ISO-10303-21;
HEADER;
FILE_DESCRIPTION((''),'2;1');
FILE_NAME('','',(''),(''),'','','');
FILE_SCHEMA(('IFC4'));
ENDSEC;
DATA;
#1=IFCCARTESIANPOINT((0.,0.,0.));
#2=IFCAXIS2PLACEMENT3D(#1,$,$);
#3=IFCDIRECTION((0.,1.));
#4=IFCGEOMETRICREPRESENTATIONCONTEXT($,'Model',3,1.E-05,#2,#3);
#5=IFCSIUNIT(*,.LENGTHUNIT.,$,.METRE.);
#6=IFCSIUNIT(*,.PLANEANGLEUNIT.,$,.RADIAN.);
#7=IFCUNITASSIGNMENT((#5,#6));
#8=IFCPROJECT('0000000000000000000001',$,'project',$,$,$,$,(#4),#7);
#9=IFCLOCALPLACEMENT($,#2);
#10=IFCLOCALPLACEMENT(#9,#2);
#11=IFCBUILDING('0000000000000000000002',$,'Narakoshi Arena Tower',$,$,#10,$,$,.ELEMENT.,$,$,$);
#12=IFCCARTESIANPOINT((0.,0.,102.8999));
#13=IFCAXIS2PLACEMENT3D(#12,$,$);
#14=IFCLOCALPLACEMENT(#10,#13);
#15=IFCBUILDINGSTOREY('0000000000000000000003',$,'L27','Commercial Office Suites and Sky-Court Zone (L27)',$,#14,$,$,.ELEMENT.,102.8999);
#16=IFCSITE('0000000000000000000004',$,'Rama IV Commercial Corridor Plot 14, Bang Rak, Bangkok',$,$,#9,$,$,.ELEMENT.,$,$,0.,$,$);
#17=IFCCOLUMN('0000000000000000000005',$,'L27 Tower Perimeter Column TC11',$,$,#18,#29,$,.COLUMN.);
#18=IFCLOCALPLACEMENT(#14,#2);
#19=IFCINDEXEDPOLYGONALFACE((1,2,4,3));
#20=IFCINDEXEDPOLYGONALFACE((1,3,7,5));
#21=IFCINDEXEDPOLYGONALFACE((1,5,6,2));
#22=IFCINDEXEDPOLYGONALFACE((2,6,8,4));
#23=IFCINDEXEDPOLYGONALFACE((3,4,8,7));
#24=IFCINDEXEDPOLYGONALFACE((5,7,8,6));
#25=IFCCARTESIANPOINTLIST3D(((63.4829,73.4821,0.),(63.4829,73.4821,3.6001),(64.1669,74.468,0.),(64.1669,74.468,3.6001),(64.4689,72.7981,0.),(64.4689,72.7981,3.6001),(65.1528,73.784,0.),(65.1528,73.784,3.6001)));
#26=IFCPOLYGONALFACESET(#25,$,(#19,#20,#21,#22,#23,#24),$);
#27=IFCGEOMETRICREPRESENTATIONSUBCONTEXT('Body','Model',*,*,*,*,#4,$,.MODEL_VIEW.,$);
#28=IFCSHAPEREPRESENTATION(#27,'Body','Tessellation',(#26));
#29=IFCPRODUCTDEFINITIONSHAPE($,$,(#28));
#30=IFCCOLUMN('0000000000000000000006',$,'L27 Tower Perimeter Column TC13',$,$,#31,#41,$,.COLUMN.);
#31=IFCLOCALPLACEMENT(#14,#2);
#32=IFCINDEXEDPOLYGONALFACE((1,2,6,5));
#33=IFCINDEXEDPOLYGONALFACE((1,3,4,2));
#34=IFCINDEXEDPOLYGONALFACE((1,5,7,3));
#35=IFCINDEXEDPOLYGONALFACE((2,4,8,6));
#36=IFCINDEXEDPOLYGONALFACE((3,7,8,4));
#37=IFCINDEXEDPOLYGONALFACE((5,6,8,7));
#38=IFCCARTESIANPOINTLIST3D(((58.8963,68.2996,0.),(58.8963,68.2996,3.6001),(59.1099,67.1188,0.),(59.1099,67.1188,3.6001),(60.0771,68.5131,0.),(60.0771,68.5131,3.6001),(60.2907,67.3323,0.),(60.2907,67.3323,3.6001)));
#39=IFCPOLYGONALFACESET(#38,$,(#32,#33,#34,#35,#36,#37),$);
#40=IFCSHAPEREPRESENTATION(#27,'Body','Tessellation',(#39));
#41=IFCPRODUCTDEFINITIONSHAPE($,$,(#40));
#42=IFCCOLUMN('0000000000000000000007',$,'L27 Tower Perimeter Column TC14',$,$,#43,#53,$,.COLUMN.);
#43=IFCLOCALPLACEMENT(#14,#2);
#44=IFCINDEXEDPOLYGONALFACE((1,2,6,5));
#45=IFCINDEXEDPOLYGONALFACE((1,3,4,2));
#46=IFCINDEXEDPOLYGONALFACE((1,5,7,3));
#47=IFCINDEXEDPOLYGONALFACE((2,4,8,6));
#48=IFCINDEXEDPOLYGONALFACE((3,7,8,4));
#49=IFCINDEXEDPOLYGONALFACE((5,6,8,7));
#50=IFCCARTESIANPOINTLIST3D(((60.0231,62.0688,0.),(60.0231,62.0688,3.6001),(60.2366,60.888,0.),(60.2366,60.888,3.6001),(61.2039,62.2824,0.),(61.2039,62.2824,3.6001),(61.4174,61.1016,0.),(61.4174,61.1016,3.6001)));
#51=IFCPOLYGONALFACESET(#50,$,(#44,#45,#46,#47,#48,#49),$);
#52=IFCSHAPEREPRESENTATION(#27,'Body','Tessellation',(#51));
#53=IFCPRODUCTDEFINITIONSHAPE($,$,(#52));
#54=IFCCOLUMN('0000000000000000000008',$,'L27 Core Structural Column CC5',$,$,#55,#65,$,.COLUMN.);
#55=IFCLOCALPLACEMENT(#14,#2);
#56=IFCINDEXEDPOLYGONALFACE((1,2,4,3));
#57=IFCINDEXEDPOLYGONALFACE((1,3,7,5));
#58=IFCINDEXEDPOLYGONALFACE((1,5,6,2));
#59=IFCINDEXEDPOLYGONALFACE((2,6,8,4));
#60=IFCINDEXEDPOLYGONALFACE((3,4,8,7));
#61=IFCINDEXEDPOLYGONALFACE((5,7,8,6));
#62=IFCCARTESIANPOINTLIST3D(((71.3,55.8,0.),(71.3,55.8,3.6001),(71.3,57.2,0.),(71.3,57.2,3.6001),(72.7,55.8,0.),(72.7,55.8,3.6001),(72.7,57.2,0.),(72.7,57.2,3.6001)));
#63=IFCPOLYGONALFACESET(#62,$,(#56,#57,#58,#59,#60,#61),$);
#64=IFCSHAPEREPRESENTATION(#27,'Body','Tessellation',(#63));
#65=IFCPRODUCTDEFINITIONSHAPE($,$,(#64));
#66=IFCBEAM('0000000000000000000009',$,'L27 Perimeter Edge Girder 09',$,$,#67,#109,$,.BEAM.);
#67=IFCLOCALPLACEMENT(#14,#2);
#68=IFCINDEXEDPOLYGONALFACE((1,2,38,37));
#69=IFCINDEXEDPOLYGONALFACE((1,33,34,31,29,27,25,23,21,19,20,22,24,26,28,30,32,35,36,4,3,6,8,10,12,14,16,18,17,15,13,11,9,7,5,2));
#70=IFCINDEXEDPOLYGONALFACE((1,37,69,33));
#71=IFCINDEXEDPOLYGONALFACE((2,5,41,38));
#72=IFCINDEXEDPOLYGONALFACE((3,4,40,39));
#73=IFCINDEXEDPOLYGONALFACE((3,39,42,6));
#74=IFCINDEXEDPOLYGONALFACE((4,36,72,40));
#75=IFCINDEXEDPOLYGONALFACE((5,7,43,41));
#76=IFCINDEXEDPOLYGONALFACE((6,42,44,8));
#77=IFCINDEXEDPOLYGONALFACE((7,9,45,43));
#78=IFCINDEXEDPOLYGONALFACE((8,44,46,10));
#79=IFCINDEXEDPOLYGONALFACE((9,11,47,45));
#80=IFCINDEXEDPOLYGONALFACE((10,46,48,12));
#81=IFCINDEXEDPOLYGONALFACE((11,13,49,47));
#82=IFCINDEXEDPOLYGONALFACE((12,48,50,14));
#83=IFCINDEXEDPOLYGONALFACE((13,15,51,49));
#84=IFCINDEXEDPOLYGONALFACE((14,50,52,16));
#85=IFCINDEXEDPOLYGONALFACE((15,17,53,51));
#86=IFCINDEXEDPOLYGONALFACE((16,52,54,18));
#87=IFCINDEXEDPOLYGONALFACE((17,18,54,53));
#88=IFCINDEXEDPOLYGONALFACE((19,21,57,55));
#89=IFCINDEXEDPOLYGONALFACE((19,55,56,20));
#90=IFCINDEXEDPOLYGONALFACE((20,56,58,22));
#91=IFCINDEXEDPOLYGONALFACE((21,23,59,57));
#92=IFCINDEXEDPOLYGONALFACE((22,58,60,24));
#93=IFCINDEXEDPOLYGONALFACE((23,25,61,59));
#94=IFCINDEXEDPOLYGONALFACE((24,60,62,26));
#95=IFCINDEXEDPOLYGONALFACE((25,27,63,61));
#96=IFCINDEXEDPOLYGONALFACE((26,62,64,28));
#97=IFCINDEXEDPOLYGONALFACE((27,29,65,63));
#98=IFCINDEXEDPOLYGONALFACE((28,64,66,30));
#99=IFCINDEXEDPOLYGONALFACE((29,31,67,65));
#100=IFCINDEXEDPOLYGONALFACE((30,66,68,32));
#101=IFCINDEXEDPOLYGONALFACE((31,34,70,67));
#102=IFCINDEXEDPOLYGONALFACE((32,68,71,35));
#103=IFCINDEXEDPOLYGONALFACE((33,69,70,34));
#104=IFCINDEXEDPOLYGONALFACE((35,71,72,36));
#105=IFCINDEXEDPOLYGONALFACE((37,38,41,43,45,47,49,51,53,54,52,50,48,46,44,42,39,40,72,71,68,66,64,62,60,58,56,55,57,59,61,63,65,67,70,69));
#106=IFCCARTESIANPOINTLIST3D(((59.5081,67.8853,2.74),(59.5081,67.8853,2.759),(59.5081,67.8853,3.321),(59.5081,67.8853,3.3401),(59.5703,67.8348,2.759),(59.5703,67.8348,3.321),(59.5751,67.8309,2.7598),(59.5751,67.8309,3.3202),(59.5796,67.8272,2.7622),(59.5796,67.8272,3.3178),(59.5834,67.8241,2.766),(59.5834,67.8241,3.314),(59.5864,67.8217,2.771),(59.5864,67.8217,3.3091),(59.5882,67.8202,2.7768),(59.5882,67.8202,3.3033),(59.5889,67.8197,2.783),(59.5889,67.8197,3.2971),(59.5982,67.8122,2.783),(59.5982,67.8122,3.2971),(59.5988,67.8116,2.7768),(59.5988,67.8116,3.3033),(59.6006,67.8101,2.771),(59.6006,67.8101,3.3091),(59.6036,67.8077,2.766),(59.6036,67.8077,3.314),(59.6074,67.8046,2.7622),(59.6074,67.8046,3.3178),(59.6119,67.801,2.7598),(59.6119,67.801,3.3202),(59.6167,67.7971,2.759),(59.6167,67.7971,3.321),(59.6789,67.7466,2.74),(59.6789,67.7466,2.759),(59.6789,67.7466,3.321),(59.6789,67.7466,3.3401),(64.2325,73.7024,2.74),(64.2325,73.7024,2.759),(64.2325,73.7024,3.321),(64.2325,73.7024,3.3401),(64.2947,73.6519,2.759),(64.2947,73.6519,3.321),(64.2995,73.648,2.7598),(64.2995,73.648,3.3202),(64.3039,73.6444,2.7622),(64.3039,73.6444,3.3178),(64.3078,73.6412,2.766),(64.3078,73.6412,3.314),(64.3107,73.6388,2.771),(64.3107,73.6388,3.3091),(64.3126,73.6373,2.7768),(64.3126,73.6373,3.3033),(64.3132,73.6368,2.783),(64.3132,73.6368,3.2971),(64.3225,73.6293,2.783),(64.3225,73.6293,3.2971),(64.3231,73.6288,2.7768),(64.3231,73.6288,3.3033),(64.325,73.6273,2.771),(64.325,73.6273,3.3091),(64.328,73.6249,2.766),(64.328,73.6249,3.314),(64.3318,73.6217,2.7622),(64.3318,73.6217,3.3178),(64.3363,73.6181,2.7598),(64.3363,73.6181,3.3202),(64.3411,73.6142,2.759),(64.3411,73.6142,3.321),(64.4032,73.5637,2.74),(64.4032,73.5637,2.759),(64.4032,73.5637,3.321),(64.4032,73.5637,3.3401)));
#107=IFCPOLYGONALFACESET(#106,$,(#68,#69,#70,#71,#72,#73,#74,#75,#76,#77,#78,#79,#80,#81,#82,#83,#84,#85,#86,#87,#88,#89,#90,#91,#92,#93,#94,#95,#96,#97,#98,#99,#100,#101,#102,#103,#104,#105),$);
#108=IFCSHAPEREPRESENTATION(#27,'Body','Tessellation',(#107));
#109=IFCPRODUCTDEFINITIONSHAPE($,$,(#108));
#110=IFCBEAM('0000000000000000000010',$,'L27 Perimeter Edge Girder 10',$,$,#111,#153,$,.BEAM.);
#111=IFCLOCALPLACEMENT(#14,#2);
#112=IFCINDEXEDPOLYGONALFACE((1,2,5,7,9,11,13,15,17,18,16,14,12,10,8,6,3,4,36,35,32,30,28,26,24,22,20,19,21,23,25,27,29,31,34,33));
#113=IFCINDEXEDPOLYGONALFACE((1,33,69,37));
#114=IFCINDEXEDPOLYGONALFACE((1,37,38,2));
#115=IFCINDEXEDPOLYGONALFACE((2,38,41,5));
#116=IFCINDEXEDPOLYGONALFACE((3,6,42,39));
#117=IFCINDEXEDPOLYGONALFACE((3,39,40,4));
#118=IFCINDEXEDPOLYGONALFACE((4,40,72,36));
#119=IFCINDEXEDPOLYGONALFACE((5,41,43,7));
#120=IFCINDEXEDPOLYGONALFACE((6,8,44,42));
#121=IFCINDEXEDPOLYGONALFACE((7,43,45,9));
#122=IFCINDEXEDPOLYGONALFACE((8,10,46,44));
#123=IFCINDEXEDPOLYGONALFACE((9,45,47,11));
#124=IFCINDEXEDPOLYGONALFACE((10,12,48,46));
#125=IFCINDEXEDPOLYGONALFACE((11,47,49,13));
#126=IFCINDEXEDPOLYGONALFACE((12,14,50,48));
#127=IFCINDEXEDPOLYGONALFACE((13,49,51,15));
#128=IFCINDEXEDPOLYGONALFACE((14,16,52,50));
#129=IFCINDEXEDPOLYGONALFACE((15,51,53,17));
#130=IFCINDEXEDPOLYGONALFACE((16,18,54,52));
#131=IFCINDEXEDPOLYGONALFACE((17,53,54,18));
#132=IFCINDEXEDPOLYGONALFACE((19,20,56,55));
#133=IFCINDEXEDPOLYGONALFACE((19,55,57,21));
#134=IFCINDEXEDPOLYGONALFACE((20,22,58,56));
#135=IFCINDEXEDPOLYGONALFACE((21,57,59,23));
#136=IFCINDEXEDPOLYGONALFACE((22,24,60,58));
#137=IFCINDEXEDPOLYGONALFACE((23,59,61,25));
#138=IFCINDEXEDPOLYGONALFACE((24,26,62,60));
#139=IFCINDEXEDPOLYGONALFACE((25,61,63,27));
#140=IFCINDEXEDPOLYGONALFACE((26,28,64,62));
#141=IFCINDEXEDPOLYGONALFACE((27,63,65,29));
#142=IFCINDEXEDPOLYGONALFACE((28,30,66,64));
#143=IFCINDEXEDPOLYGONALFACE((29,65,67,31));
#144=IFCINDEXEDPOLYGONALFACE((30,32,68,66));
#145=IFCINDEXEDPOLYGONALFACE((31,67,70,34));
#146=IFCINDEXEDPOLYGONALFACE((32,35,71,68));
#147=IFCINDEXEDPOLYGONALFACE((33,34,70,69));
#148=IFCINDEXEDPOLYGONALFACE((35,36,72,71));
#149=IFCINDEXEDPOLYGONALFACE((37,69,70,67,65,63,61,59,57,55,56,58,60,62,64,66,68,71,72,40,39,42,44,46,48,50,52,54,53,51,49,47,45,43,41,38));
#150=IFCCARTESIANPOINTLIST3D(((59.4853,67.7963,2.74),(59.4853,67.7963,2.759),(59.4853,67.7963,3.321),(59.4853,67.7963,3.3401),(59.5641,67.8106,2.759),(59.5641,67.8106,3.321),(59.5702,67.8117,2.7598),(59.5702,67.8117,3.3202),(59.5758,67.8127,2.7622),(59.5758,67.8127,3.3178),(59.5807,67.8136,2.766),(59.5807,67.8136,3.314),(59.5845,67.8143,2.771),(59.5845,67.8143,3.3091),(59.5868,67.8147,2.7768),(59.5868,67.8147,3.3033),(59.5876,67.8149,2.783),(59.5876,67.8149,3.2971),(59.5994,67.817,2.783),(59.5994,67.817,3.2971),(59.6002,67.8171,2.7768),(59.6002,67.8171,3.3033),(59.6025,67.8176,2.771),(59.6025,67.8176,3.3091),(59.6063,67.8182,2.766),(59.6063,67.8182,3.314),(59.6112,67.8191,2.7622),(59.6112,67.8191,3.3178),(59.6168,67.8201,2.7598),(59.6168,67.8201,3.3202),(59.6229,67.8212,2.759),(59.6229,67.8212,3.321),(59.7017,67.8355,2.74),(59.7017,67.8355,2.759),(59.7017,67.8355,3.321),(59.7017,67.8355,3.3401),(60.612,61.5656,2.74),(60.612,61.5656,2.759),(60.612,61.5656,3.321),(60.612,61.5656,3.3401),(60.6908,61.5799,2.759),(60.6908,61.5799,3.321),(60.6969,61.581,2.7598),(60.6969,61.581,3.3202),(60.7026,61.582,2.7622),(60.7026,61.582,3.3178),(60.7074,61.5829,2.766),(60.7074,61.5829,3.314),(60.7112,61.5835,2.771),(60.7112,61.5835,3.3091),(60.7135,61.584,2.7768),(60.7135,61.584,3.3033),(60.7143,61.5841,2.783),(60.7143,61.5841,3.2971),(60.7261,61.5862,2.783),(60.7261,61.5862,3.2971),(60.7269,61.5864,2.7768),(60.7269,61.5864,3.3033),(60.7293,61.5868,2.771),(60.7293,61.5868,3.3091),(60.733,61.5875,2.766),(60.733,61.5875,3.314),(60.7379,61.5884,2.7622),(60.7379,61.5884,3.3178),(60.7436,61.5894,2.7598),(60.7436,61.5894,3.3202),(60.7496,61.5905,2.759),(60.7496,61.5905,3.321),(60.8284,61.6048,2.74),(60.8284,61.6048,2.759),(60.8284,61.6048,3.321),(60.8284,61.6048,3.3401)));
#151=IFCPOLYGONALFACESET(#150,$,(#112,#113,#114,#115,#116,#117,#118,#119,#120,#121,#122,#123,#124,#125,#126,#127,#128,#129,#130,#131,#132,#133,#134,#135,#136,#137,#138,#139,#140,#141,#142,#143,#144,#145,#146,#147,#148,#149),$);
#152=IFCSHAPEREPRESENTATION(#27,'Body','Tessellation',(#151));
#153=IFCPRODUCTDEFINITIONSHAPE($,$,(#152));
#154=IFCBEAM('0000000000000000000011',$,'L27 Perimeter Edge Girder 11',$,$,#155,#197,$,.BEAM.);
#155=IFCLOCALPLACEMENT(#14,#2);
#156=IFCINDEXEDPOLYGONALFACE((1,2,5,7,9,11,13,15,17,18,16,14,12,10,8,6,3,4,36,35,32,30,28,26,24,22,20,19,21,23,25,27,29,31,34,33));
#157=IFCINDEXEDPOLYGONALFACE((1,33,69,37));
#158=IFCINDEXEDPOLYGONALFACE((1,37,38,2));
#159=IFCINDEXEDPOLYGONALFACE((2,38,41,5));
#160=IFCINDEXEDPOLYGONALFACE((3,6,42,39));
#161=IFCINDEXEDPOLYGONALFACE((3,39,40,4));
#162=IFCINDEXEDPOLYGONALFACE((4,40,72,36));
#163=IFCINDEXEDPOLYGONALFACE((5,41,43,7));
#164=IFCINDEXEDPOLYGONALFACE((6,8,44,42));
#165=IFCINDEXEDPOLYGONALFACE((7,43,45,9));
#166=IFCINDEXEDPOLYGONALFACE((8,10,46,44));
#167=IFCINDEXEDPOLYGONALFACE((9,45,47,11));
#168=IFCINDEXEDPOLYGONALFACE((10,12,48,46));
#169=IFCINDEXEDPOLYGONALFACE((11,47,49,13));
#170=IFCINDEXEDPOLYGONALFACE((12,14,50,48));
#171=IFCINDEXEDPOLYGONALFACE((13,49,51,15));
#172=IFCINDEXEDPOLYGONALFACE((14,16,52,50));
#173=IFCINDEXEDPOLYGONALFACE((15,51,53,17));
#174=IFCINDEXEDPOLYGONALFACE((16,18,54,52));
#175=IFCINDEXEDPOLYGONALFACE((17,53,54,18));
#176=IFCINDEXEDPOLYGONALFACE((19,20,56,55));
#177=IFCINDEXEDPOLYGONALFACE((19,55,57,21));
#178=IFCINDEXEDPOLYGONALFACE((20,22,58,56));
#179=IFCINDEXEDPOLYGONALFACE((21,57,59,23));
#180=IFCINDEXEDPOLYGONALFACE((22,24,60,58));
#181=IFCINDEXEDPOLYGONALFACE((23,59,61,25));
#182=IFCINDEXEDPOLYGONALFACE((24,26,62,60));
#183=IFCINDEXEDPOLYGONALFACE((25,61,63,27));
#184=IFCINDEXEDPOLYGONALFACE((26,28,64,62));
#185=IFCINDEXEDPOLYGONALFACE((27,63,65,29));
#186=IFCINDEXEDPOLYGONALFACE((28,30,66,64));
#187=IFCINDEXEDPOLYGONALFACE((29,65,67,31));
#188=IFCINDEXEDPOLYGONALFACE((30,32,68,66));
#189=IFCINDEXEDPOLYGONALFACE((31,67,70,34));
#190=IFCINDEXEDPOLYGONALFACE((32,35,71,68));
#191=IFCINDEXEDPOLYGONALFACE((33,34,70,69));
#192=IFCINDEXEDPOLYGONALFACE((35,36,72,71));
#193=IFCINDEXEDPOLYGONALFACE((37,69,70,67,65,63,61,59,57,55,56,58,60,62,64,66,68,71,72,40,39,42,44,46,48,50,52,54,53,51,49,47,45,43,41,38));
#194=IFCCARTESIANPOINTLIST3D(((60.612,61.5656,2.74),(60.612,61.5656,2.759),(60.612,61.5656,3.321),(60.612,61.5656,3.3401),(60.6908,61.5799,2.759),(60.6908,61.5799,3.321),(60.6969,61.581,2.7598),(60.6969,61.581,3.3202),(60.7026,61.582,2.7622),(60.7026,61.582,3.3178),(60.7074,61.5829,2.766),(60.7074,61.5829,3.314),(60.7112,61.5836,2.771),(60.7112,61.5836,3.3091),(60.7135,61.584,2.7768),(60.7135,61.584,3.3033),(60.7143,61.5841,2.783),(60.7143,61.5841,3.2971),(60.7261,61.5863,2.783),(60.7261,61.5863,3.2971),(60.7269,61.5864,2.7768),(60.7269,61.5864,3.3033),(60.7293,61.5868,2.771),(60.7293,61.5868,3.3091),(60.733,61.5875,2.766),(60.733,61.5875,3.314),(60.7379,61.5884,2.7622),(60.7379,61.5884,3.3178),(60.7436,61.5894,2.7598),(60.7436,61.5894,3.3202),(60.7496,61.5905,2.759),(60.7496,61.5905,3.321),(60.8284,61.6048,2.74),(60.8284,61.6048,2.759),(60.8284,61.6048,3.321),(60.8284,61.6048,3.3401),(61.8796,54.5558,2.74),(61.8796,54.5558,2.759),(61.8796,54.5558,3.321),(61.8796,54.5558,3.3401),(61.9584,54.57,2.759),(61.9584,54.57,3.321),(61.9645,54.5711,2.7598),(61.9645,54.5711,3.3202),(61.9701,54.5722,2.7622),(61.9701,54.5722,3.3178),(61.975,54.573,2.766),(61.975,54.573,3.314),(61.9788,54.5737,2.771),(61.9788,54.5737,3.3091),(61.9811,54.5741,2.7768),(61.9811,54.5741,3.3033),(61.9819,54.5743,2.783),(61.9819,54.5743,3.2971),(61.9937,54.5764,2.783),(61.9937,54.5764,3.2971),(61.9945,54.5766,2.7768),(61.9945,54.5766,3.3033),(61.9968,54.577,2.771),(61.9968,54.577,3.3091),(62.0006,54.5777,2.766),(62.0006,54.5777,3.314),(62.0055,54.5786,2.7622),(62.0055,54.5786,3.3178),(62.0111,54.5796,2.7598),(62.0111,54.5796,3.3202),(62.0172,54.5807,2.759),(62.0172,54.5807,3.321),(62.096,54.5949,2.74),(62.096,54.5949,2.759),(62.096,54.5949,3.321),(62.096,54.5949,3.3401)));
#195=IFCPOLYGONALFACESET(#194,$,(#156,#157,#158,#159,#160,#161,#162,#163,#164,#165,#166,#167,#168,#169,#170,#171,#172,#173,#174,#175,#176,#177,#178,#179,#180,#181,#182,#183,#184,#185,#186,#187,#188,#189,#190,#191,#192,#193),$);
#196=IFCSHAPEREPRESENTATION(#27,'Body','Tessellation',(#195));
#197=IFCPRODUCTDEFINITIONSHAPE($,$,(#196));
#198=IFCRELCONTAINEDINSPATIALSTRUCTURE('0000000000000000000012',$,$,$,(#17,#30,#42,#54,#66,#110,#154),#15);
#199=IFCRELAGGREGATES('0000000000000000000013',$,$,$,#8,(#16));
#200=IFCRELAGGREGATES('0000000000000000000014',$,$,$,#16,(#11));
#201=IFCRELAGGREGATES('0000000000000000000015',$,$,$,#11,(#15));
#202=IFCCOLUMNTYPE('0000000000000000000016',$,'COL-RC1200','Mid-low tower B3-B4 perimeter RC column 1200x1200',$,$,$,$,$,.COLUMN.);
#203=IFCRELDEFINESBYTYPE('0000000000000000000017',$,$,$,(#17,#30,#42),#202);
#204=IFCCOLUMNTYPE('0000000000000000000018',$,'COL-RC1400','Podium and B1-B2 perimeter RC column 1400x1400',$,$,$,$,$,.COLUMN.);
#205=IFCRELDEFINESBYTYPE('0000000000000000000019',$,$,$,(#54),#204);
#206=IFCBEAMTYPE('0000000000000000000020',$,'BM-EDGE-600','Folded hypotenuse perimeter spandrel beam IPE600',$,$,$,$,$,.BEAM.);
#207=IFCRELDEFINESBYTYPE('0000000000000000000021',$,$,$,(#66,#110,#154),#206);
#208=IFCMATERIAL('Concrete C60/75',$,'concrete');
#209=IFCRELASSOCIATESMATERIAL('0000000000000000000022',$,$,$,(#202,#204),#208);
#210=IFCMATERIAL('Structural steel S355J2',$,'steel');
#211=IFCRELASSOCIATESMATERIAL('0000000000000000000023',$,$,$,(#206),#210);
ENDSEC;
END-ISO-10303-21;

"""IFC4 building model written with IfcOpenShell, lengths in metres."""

from ifc_helpers import new_model, si_unit, direction, frame, origin, origin_2d, place, context, subcontext, project, spatial, rectangle, i_section, extrude, material, material_profile, profile_set, type_object, element, save


model = new_model("IFC4")

# Units and contexts
model_context = context("Model", 3, precision=1e-05, world=origin(), true_north=direction((0.0, 1.0)))
body_context = subcontext(model_context, "Body", "Model", "MODEL_VIEW")
ifc_project = project(units=[si_unit("LENGTHUNIT", "METRE"), si_unit("PLANEANGLEUNIT", "RADIAN")], contexts=[model_context])

# Site, building, storey
site_placement = place(None, origin())
site = spatial("IfcSite", under=ifc_project, at=site_placement, Name="Rama IV Commercial Corridor Plot 14, Bang Rak, Bangkok", CompositionType="ELEMENT", RefElevation=0.0)
building_placement = place(site_placement, origin())
building = spatial("IfcBuilding", under=site, at=building_placement, Name="Narakoshi Arena Tower", CompositionType="ELEMENT")
storey_placement = place(building_placement, frame((0.0, 0.0, 102.8999)))
storey = spatial("IfcBuildingStorey", under=building, at=storey_placement, Name="L27", Description="Commercial Office Suites and Sky-Court Zone (L27)", CompositionType="ELEMENT", Elevation=102.8999)

# Columns
ifc_material_1 = material(Name="Concrete C60/75", Category="concrete")
ifc_material_profile_1 = material_profile(ifc_material_1, rectangle(XDim=1.2, YDim=1.2, at=origin_2d()), Name="RC1200x1200")
ifc_profile_set_1 = profile_set([ifc_material_profile_1], Name="Concrete C60/75")
column_type_1 = type_object("IfcColumnType", Name="COL-RC1200", Description="Mid-low tower B3-B4 perimeter RC column 1200x1200", PredefinedType="COLUMN", material=ifc_profile_set_1)
for number, where, z_axis, x_axis, name in (
    (1, (64.3179, 73.6331, 0.0), (0.0, 0.0, 1.0), (0.569997, 0.821647, 0.0), "L27 Tower Perimeter Column TC11"),
    (2, (59.5935, 67.8159, 0.0), (0.0, 0.0, 1.0), (-0.177944, 0.984041, 0.0), "L27 Tower Perimeter Column TC13"),
    (3, (60.7202, 61.5852, 0.0), (0.0, 0.0, 1.0), (-0.177944, 0.984041, 0.0), "L27 Tower Perimeter Column TC14"),
):
    element("IfcColumn", number, at=place(storey_placement, frame(where, z_axis=z_axis, x_axis=x_axis)), inside=storey, type_object=column_type_1, Name=name, PredefinedType="COLUMN", context=body_context, shape_type="SweptSolid", body=[
        extrude(rectangle(XDim=1.2, YDim=1.2, at=origin_2d()), origin(), (0.0, 0.0, 1.0), 3.6001),
    ])
ifc_material_profile_2 = material_profile(ifc_material_1, rectangle(XDim=1.3999, YDim=1.3999, at=origin_2d()), Name="RC1400x1400")
ifc_profile_set_2 = profile_set([ifc_material_profile_2], Name="Concrete C60/75")
column_type_2 = type_object("IfcColumnType", Name="COL-RC1400", Description="Podium and B1-B2 perimeter RC column 1400x1400", PredefinedType="COLUMN", material=ifc_profile_set_2)
column_placement = place(storey_placement, frame((72.0, 56.5, 0.0), z_axis=(0.0, 0.0, 1.0), x_axis=(1.0, 0.0, 0.0)))
element("IfcColumn", 4, at=column_placement, inside=storey, type_object=column_type_2, Name="L27 Core Structural Column CC5", PredefinedType="COLUMN", context=body_context, shape_type="SweptSolid", body=[
    extrude(rectangle(XDim=1.3999, YDim=1.3999, at=origin_2d()), origin(), (0.0, 0.0, 1.0), 3.6001),
])

# Beams
ifc_material_2 = material(Name="Structural steel S355J2", Category="steel")
ifc_material_profile_3 = material_profile(ifc_material_2, i_section(OverallWidth=0.22, OverallDepth=0.6001, WebThickness=0.012, FlangeThickness=0.019, FilletRadius=0.0239, at=origin_2d()), Name="IPE600")
ifc_profile_set_3 = profile_set([ifc_material_profile_3], Name="Structural steel S355J2")
beam_type_1 = type_object("IfcBeamType", Name="BM-EDGE-600", Description="Folded hypotenuse perimeter spandrel beam IPE600", PredefinedType="BEAM", material=ifc_profile_set_3)
beam_1_placement = place(storey_placement, frame((64.3179, 73.6331, 3.04), z_axis=(-0.630427, -0.776249, 0.0), x_axis=(0.776249, -0.630427, 0.0)))
element("IfcBeam", 5, at=beam_1_placement, inside=storey, type_object=beam_type_1, Name="L27 Perimeter Edge Girder 09", PredefinedType="BEAM", context=body_context, shape_type="SweptSolid", body=[
    extrude(i_section(OverallWidth=0.22, OverallDepth=0.6001, WebThickness=0.012, FlangeThickness=0.019, FilletRadius=0.0239, at=origin_2d()), origin(), (0.0, 0.0, 1.0), 7.4939),
])
beam_2_placement = place(storey_placement, frame((59.5935, 67.8159, 3.04), z_axis=(0.177945, -0.98404, 0.0), x_axis=(0.98404, 0.177945, 0.0)))
element("IfcBeam", 6, at=beam_2_placement, inside=storey, type_object=beam_type_1, Name="L27 Perimeter Edge Girder 10", PredefinedType="BEAM", context=body_context, shape_type="SweptSolid", body=[
    extrude(i_section(OverallWidth=0.22, OverallDepth=0.6001, WebThickness=0.012, FlangeThickness=0.019, FilletRadius=0.0239, at=origin_2d()), origin(), (0.0, 0.0, 1.0), 6.3318),
])
beam_3_placement = place(storey_placement, frame((60.7202, 61.5852, 3.04), z_axis=(0.177944, -0.984041, 0.0), x_axis=(0.984041, 0.177944, 0.0)))
element("IfcBeam", 7, at=beam_3_placement, inside=storey, type_object=beam_type_1, Name="L27 Perimeter Edge Girder 11", PredefinedType="BEAM", context=body_context, shape_type="SweptSolid", body=[
    extrude(i_section(OverallWidth=0.22, OverallDepth=0.6001, WebThickness=0.012, FlangeThickness=0.019, FilletRadius=0.0239, at=origin_2d()), origin(), (0.0, 0.0, 1.0), 7.1235),
])

save(model, "model.ifc")
